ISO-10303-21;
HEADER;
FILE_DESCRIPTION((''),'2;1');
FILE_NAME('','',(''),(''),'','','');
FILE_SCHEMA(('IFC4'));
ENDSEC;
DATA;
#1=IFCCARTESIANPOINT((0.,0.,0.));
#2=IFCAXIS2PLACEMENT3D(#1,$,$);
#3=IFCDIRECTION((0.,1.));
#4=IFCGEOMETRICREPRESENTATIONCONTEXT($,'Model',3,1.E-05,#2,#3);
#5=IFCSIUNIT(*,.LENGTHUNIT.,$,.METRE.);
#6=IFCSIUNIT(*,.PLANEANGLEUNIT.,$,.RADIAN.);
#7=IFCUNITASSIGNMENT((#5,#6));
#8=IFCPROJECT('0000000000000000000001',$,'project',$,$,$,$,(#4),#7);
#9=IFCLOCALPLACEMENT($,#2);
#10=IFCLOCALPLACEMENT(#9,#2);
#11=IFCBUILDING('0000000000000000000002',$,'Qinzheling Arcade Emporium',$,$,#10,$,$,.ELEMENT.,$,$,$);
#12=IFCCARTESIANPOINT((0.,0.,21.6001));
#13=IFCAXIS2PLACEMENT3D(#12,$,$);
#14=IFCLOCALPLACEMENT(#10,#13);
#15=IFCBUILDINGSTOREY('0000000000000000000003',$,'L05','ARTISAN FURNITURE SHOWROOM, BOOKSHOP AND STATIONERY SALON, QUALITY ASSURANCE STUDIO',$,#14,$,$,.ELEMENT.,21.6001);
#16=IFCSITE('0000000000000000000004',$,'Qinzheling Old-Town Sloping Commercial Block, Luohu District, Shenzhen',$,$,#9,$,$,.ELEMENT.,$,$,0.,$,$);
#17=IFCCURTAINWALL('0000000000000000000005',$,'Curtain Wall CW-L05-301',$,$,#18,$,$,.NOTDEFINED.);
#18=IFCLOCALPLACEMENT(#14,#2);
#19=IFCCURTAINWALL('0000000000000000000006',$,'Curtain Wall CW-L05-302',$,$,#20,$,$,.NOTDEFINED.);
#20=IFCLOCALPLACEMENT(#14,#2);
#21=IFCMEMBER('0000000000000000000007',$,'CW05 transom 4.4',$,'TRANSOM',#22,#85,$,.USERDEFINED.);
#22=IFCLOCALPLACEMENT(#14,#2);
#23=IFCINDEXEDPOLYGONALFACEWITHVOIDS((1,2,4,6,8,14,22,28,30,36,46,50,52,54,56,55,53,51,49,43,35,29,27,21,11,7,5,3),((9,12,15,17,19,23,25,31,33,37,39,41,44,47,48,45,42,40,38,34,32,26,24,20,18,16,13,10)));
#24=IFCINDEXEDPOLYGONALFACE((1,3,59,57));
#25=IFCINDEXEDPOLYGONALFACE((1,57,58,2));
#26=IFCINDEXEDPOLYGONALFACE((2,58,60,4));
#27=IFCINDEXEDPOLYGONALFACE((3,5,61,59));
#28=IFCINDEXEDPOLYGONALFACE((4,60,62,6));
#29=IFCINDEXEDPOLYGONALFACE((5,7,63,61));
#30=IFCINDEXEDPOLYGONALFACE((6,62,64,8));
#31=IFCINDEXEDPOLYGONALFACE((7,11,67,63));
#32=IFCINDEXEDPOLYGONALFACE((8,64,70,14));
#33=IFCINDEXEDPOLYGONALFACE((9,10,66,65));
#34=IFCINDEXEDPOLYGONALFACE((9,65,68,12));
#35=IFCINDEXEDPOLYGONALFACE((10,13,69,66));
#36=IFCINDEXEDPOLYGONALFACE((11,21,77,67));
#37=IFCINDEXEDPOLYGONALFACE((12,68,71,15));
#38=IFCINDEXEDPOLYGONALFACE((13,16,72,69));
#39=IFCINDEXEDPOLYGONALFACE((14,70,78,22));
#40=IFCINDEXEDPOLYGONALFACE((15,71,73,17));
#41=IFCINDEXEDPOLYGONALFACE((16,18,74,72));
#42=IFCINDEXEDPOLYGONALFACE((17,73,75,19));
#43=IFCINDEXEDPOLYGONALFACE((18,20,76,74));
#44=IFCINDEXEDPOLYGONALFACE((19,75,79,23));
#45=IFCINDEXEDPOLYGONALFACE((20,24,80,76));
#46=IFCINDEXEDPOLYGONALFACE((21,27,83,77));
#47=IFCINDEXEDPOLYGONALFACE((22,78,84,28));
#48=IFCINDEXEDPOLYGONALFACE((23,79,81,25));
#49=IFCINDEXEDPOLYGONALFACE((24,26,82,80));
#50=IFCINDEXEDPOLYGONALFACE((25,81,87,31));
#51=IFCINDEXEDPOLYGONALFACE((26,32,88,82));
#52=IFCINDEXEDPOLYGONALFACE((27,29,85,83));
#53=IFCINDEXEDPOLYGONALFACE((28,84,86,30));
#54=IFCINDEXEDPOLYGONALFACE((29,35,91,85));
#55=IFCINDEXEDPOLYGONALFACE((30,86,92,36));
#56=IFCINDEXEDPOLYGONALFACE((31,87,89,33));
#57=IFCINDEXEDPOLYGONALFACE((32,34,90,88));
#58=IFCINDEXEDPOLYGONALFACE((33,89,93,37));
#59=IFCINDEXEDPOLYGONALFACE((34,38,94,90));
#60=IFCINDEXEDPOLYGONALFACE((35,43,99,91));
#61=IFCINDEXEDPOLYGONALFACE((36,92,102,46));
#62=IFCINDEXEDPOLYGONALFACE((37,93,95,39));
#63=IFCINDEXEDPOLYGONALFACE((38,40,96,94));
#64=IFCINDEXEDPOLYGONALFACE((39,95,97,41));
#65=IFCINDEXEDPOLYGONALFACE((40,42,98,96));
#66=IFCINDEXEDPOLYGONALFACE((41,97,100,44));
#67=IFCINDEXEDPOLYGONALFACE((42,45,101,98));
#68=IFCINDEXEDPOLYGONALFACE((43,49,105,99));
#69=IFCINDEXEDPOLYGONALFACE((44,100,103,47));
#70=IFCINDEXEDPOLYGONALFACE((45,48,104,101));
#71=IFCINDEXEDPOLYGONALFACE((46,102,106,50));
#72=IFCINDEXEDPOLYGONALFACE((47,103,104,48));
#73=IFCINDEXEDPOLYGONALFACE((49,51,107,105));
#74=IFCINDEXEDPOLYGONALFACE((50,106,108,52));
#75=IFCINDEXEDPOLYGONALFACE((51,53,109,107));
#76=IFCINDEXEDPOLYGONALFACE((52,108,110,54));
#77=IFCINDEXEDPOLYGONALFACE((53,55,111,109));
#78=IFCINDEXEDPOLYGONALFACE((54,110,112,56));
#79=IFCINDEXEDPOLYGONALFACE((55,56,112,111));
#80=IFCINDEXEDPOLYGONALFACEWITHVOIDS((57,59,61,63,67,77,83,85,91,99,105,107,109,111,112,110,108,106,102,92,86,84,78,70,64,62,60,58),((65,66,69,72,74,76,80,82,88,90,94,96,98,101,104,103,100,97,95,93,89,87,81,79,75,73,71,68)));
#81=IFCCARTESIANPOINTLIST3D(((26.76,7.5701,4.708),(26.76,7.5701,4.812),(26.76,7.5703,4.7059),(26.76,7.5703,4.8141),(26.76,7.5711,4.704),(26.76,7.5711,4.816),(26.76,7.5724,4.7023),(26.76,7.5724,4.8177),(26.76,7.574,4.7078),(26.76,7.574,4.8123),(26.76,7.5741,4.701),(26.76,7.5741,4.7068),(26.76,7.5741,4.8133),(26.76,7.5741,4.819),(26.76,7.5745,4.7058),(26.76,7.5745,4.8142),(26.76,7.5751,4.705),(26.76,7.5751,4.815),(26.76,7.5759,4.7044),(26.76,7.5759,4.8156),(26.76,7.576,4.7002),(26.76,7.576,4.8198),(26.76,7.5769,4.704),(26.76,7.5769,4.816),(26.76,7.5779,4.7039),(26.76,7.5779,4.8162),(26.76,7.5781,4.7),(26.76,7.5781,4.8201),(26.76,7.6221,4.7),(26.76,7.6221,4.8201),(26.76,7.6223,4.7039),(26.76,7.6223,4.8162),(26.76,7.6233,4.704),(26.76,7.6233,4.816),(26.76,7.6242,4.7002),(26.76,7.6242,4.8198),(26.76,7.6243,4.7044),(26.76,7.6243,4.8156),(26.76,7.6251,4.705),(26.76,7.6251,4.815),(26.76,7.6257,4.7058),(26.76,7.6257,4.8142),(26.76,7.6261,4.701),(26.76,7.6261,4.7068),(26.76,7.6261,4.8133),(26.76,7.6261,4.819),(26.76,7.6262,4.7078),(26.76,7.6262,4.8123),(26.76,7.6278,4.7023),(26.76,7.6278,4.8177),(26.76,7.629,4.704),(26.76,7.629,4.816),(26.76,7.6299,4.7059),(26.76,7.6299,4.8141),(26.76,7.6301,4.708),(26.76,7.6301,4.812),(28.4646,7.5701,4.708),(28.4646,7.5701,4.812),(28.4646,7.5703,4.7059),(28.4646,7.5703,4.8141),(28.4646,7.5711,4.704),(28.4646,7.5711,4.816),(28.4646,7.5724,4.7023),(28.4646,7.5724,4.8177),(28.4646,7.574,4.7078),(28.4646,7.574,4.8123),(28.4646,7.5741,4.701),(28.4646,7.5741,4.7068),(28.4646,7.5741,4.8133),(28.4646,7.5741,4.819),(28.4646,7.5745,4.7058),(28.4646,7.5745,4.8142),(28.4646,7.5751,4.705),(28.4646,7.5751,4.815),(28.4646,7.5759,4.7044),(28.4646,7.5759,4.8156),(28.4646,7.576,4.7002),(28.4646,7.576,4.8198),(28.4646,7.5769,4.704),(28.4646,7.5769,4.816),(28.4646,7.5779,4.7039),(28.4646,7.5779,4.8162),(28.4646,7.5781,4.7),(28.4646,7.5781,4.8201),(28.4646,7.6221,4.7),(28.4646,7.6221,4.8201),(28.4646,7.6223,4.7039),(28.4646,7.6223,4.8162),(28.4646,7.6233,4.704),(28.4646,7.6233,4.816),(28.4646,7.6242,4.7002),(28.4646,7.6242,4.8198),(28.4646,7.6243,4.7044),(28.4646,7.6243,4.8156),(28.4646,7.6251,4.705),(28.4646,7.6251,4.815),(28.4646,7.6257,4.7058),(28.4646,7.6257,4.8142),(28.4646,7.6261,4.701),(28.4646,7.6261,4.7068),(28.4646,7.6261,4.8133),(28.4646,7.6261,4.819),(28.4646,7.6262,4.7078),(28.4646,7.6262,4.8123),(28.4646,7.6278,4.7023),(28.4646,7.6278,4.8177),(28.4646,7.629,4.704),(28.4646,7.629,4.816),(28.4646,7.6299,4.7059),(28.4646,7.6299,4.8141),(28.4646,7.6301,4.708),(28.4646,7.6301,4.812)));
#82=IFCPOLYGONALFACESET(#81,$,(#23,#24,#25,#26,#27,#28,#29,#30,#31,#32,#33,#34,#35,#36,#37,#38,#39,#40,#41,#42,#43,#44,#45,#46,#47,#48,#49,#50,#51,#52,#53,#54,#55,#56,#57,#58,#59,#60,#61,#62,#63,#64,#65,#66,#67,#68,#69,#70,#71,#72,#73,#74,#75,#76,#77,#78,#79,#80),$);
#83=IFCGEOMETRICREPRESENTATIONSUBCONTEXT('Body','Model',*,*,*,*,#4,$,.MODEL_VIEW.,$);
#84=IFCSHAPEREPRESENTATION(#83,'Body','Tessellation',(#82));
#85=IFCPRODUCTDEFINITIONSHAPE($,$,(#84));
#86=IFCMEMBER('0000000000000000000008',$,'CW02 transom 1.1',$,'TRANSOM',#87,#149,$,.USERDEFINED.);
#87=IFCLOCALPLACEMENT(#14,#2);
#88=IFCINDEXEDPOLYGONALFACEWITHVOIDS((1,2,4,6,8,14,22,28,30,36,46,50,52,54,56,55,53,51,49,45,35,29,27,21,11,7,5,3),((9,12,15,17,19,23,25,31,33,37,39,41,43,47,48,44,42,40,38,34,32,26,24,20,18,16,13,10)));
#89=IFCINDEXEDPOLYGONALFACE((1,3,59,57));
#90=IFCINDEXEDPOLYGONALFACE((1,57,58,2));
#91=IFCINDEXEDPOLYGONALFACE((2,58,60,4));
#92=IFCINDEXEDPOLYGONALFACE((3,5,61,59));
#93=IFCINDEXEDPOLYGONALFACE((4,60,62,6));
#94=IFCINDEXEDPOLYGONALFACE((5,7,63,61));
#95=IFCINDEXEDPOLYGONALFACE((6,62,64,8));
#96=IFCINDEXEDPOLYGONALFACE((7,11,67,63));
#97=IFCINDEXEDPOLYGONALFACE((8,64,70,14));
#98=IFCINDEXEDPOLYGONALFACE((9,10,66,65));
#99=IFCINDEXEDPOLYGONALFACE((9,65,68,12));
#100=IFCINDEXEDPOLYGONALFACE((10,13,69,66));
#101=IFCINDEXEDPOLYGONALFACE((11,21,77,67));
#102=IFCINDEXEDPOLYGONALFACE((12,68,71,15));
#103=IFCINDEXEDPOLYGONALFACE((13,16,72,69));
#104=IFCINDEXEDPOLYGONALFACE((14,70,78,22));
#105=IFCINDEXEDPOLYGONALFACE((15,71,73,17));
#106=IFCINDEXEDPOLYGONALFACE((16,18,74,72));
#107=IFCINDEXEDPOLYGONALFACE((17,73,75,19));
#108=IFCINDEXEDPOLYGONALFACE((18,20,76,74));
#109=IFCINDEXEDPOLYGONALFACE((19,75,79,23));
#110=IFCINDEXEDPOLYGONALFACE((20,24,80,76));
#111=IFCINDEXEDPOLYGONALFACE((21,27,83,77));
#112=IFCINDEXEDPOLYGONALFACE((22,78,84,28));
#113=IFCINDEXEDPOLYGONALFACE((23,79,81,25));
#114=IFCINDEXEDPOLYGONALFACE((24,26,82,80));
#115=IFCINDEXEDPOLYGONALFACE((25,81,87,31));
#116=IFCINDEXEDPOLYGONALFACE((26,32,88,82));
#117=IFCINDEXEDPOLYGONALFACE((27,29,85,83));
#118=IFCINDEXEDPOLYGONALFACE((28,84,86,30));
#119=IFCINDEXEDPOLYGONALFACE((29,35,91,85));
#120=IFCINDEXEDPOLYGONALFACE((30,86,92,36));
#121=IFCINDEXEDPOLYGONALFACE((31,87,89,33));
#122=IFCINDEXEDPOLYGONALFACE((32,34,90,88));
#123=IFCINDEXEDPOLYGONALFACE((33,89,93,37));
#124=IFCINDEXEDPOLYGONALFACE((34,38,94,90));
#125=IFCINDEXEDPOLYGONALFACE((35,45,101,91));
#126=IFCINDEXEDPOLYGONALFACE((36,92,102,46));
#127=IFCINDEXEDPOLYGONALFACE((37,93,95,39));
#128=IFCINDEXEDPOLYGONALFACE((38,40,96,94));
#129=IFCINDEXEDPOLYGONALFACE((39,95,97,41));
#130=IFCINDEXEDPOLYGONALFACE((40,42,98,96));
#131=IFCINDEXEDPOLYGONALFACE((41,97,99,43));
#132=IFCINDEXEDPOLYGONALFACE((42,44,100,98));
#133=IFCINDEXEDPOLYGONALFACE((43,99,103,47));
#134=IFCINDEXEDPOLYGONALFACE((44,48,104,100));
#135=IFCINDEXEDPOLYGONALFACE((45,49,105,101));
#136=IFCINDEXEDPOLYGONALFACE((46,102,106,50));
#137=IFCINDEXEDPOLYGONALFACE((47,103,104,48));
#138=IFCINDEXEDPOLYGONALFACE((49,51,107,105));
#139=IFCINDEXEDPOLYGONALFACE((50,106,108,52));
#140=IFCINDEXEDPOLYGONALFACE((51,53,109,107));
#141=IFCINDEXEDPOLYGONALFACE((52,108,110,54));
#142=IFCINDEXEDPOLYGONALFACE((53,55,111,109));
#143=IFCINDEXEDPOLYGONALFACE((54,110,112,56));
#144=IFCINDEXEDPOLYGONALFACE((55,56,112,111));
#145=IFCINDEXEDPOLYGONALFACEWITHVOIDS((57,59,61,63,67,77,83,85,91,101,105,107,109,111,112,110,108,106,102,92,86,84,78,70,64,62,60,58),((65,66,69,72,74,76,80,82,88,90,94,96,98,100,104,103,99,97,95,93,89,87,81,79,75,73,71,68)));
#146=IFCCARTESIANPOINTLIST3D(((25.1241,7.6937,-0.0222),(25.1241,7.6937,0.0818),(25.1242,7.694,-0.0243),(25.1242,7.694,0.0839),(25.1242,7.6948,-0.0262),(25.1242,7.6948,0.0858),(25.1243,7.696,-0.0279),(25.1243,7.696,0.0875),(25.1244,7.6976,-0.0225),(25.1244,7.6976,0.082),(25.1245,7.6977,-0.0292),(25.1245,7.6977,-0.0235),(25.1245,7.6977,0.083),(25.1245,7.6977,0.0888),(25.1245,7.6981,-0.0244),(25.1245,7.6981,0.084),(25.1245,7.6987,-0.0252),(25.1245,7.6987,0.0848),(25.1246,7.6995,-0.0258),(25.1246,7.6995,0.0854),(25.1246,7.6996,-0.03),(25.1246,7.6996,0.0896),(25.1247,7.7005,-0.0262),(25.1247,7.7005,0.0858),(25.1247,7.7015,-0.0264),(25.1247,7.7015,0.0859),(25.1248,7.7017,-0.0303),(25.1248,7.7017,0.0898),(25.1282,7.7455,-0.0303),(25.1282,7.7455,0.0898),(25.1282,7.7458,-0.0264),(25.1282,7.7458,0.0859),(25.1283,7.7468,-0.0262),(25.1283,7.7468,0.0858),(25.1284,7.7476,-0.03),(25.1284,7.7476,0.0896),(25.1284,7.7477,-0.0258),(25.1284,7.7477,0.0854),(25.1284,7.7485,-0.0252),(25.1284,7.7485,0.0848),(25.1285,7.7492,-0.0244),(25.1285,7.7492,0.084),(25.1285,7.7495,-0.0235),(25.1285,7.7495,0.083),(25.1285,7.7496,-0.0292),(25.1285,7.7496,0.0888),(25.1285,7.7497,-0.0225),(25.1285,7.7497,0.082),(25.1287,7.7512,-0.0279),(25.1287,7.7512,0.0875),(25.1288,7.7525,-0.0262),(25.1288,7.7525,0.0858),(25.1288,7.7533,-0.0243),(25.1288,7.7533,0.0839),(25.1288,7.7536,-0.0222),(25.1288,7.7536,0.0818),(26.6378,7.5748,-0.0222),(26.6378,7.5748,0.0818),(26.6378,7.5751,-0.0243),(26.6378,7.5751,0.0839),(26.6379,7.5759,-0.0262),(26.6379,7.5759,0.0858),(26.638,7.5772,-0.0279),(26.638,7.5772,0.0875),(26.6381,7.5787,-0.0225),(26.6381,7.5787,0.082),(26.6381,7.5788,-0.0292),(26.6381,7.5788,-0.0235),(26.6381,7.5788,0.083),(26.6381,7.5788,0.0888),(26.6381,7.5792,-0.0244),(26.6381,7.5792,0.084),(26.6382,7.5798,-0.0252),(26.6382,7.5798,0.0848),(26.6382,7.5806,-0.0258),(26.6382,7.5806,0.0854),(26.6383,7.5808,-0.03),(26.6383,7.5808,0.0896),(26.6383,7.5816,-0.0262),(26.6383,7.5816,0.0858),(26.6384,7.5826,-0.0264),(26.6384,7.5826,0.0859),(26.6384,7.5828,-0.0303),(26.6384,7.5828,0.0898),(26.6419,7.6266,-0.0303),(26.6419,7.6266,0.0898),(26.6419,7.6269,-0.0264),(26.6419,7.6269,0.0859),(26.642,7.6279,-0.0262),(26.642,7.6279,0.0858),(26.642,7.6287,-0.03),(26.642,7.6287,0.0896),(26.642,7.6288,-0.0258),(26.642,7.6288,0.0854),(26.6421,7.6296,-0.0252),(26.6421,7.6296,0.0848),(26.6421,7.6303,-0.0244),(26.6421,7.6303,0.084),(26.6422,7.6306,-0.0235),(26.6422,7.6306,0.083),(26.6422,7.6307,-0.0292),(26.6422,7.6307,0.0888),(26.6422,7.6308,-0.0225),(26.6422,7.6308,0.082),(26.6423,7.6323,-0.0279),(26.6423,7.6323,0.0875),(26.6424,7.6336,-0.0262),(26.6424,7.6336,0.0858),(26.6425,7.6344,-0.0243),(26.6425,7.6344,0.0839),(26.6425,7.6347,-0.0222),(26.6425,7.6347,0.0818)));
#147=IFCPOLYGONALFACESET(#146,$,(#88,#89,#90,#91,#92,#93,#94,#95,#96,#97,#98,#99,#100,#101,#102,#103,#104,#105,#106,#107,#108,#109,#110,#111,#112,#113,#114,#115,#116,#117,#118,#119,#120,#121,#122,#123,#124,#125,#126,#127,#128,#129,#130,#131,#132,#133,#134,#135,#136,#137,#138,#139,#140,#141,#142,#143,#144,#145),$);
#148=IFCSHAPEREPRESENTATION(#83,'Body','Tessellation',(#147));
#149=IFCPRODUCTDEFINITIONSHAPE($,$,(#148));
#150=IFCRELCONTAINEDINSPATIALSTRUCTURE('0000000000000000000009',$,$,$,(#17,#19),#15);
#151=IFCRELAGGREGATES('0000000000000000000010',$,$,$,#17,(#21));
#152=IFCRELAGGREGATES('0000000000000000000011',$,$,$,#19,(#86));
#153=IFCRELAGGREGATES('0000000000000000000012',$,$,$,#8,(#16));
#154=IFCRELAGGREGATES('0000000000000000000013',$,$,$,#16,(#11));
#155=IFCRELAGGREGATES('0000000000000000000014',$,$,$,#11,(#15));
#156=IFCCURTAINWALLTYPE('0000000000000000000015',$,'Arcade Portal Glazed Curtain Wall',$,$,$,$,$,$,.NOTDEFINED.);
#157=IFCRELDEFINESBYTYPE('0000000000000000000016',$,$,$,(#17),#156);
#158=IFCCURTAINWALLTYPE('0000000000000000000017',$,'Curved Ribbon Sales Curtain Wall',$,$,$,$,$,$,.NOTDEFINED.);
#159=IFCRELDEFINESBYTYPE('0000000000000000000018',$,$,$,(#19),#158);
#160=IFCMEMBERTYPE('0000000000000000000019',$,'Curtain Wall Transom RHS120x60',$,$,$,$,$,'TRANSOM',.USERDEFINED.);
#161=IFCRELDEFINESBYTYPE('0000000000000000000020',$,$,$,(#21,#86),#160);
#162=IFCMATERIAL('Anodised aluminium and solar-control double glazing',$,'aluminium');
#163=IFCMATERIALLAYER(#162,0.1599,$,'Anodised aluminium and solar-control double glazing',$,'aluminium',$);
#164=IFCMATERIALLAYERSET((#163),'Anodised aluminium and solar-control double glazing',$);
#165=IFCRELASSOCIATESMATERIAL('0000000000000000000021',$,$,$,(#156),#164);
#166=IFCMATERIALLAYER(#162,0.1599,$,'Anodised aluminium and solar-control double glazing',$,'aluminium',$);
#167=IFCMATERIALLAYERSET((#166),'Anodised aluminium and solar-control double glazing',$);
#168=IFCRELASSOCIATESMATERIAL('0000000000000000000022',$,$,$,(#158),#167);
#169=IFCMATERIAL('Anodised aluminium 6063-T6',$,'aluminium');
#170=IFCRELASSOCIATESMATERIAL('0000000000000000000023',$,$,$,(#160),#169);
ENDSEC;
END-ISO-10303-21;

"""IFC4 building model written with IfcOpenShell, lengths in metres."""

from ifc_helpers import new_model, si_unit, direction, frame, origin, origin_2d, place, context, subcontext, project, spatial, hollow_rectangle, extrude, material, layer, layer_set, material_profile, profile_set, type_object, element, aggregate, save


model = new_model("IFC4")

# Units and contexts
model_context = context("Model", 3, precision=1e-05, world=origin(), true_north=direction((0.0, 1.0)))
body_context = subcontext(model_context, "Body", "Model", "MODEL_VIEW")
ifc_project = project(units=[si_unit("LENGTHUNIT", "METRE"), si_unit("PLANEANGLEUNIT", "RADIAN")], contexts=[model_context])

# Site, building, storey
site_placement = place(None, origin())
site = spatial("IfcSite", under=ifc_project, at=site_placement, Name="Qinzheling Old-Town Sloping Commercial Block, Luohu District, Shenzhen", CompositionType="ELEMENT", RefElevation=0.0)
building_placement = place(site_placement, origin())
building = spatial("IfcBuilding", under=site, at=building_placement, Name="Qinzheling Arcade Emporium", CompositionType="ELEMENT")
storey_placement = place(building_placement, frame((0.0, 0.0, 21.6001)))
storey = spatial("IfcBuildingStorey", under=building, at=storey_placement, Name="L05", Description="ARTISAN FURNITURE SHOWROOM, BOOKSHOP AND STATIONERY SALON, QUALITY ASSURANCE STUDIO", CompositionType="ELEMENT", Elevation=21.6001)

# Curtain wall
ifc_material_1 = material(Name="Anodised aluminium and solar-control double glazing", Category="aluminium")
ifc_layer_1 = layer(ifc_material_1, 0.1599, Name="Anodised aluminium and solar-control double glazing", Category="aluminium")
ifc_layer_set_1 = layer_set([ifc_layer_1], Name="Anodised aluminium and solar-control double glazing")
curtain_wall_type_1 = type_object("IfcCurtainWallType", Name="Arcade Portal Glazed Curtain Wall", PredefinedType="NOTDEFINED", material=ifc_layer_set_1)
curtain_wall_1_placement = place(storey_placement, origin())
curtain_wall_1 = element("IfcCurtainWall", 1, at=curtain_wall_1_placement, inside=storey, type_object=curtain_wall_type_1, Name="Curtain Wall CW-L05-301", PredefinedType="NOTDEFINED")
ifc_material_2 = material(Name="Anodised aluminium 6063-T6", Category="aluminium")

# Curtain wall
ifc_layer_2 = layer(ifc_material_1, 0.1599, Name="Anodised aluminium and solar-control double glazing", Category="aluminium")
ifc_layer_set_2 = layer_set([ifc_layer_2], Name="Anodised aluminium and solar-control double glazing")
curtain_wall_type_2 = type_object("IfcCurtainWallType", Name="Curved Ribbon Sales Curtain Wall", PredefinedType="NOTDEFINED", material=ifc_layer_set_2)
curtain_wall_2_placement = place(storey_placement, origin())
curtain_wall_2 = element("IfcCurtainWall", 2, at=curtain_wall_2_placement, inside=storey, type_object=curtain_wall_type_2, Name="Curtain Wall CW-L05-302", PredefinedType="NOTDEFINED")

# Members
ifc_material_profile_1 = material_profile(ifc_material_2, hollow_rectangle(XDim=0.0601, YDim=0.1201, WallThickness=0.0039, InnerFilletRadius=0.0039, OuterFilletRadius=0.0081, at=origin_2d()), Name="RHS 120x60x4", Category="aluminium")
ifc_profile_set_1 = profile_set([ifc_material_profile_1], Name="Anodised aluminium 6063-T6")
member_type_1 = type_object("IfcMemberType", Name="Curtain Wall Transom RHS120x60", ElementType="TRANSOM", PredefinedType="USERDEFINED", material=ifc_profile_set_1)
member_1_placement = place(storey_placement, frame((28.4646, 7.6001, 4.76), z_axis=(-1.0, 0.0, 0.0), x_axis=(0.0, -1.0, 0.0)))
member_1 = element("IfcMember", 3, at=member_1_placement, type_object=member_type_1, Name="CW05 transom 4.4", ObjectType="TRANSOM", PredefinedType="USERDEFINED", context=body_context, shape_type="SweptSolid", body=[
    extrude(hollow_rectangle(XDim=0.0601, YDim=0.1201, WallThickness=0.0039, InnerFilletRadius=0.0039, OuterFilletRadius=0.0081, at=origin_2d()), origin(), (0.0, 0.0, 1.0), 1.7046),
])
member_2_placement = place(storey_placement, frame((26.6401, 7.6047, 0.0298), z_axis=(-0.996929, 0.078307, 0.0), x_axis=(-0.078307, -0.996929, 0.0)))
member_2 = element("IfcMember", 4, at=member_2_placement, type_object=member_type_1, Name="CW02 transom 1.1", ObjectType="TRANSOM", PredefinedType="USERDEFINED", context=body_context, shape_type="SweptSolid", body=[
    extrude(hollow_rectangle(XDim=0.0601, YDim=0.1201, WallThickness=0.0039, InnerFilletRadius=0.0039, OuterFilletRadius=0.0081, at=origin_2d()), origin(), (0.0, 0.0, 1.0), 1.5183),
])

aggregate(curtain_wall_1, [member_1])
aggregate(curtain_wall_2, [member_2])

save(model, "model.ifc")
